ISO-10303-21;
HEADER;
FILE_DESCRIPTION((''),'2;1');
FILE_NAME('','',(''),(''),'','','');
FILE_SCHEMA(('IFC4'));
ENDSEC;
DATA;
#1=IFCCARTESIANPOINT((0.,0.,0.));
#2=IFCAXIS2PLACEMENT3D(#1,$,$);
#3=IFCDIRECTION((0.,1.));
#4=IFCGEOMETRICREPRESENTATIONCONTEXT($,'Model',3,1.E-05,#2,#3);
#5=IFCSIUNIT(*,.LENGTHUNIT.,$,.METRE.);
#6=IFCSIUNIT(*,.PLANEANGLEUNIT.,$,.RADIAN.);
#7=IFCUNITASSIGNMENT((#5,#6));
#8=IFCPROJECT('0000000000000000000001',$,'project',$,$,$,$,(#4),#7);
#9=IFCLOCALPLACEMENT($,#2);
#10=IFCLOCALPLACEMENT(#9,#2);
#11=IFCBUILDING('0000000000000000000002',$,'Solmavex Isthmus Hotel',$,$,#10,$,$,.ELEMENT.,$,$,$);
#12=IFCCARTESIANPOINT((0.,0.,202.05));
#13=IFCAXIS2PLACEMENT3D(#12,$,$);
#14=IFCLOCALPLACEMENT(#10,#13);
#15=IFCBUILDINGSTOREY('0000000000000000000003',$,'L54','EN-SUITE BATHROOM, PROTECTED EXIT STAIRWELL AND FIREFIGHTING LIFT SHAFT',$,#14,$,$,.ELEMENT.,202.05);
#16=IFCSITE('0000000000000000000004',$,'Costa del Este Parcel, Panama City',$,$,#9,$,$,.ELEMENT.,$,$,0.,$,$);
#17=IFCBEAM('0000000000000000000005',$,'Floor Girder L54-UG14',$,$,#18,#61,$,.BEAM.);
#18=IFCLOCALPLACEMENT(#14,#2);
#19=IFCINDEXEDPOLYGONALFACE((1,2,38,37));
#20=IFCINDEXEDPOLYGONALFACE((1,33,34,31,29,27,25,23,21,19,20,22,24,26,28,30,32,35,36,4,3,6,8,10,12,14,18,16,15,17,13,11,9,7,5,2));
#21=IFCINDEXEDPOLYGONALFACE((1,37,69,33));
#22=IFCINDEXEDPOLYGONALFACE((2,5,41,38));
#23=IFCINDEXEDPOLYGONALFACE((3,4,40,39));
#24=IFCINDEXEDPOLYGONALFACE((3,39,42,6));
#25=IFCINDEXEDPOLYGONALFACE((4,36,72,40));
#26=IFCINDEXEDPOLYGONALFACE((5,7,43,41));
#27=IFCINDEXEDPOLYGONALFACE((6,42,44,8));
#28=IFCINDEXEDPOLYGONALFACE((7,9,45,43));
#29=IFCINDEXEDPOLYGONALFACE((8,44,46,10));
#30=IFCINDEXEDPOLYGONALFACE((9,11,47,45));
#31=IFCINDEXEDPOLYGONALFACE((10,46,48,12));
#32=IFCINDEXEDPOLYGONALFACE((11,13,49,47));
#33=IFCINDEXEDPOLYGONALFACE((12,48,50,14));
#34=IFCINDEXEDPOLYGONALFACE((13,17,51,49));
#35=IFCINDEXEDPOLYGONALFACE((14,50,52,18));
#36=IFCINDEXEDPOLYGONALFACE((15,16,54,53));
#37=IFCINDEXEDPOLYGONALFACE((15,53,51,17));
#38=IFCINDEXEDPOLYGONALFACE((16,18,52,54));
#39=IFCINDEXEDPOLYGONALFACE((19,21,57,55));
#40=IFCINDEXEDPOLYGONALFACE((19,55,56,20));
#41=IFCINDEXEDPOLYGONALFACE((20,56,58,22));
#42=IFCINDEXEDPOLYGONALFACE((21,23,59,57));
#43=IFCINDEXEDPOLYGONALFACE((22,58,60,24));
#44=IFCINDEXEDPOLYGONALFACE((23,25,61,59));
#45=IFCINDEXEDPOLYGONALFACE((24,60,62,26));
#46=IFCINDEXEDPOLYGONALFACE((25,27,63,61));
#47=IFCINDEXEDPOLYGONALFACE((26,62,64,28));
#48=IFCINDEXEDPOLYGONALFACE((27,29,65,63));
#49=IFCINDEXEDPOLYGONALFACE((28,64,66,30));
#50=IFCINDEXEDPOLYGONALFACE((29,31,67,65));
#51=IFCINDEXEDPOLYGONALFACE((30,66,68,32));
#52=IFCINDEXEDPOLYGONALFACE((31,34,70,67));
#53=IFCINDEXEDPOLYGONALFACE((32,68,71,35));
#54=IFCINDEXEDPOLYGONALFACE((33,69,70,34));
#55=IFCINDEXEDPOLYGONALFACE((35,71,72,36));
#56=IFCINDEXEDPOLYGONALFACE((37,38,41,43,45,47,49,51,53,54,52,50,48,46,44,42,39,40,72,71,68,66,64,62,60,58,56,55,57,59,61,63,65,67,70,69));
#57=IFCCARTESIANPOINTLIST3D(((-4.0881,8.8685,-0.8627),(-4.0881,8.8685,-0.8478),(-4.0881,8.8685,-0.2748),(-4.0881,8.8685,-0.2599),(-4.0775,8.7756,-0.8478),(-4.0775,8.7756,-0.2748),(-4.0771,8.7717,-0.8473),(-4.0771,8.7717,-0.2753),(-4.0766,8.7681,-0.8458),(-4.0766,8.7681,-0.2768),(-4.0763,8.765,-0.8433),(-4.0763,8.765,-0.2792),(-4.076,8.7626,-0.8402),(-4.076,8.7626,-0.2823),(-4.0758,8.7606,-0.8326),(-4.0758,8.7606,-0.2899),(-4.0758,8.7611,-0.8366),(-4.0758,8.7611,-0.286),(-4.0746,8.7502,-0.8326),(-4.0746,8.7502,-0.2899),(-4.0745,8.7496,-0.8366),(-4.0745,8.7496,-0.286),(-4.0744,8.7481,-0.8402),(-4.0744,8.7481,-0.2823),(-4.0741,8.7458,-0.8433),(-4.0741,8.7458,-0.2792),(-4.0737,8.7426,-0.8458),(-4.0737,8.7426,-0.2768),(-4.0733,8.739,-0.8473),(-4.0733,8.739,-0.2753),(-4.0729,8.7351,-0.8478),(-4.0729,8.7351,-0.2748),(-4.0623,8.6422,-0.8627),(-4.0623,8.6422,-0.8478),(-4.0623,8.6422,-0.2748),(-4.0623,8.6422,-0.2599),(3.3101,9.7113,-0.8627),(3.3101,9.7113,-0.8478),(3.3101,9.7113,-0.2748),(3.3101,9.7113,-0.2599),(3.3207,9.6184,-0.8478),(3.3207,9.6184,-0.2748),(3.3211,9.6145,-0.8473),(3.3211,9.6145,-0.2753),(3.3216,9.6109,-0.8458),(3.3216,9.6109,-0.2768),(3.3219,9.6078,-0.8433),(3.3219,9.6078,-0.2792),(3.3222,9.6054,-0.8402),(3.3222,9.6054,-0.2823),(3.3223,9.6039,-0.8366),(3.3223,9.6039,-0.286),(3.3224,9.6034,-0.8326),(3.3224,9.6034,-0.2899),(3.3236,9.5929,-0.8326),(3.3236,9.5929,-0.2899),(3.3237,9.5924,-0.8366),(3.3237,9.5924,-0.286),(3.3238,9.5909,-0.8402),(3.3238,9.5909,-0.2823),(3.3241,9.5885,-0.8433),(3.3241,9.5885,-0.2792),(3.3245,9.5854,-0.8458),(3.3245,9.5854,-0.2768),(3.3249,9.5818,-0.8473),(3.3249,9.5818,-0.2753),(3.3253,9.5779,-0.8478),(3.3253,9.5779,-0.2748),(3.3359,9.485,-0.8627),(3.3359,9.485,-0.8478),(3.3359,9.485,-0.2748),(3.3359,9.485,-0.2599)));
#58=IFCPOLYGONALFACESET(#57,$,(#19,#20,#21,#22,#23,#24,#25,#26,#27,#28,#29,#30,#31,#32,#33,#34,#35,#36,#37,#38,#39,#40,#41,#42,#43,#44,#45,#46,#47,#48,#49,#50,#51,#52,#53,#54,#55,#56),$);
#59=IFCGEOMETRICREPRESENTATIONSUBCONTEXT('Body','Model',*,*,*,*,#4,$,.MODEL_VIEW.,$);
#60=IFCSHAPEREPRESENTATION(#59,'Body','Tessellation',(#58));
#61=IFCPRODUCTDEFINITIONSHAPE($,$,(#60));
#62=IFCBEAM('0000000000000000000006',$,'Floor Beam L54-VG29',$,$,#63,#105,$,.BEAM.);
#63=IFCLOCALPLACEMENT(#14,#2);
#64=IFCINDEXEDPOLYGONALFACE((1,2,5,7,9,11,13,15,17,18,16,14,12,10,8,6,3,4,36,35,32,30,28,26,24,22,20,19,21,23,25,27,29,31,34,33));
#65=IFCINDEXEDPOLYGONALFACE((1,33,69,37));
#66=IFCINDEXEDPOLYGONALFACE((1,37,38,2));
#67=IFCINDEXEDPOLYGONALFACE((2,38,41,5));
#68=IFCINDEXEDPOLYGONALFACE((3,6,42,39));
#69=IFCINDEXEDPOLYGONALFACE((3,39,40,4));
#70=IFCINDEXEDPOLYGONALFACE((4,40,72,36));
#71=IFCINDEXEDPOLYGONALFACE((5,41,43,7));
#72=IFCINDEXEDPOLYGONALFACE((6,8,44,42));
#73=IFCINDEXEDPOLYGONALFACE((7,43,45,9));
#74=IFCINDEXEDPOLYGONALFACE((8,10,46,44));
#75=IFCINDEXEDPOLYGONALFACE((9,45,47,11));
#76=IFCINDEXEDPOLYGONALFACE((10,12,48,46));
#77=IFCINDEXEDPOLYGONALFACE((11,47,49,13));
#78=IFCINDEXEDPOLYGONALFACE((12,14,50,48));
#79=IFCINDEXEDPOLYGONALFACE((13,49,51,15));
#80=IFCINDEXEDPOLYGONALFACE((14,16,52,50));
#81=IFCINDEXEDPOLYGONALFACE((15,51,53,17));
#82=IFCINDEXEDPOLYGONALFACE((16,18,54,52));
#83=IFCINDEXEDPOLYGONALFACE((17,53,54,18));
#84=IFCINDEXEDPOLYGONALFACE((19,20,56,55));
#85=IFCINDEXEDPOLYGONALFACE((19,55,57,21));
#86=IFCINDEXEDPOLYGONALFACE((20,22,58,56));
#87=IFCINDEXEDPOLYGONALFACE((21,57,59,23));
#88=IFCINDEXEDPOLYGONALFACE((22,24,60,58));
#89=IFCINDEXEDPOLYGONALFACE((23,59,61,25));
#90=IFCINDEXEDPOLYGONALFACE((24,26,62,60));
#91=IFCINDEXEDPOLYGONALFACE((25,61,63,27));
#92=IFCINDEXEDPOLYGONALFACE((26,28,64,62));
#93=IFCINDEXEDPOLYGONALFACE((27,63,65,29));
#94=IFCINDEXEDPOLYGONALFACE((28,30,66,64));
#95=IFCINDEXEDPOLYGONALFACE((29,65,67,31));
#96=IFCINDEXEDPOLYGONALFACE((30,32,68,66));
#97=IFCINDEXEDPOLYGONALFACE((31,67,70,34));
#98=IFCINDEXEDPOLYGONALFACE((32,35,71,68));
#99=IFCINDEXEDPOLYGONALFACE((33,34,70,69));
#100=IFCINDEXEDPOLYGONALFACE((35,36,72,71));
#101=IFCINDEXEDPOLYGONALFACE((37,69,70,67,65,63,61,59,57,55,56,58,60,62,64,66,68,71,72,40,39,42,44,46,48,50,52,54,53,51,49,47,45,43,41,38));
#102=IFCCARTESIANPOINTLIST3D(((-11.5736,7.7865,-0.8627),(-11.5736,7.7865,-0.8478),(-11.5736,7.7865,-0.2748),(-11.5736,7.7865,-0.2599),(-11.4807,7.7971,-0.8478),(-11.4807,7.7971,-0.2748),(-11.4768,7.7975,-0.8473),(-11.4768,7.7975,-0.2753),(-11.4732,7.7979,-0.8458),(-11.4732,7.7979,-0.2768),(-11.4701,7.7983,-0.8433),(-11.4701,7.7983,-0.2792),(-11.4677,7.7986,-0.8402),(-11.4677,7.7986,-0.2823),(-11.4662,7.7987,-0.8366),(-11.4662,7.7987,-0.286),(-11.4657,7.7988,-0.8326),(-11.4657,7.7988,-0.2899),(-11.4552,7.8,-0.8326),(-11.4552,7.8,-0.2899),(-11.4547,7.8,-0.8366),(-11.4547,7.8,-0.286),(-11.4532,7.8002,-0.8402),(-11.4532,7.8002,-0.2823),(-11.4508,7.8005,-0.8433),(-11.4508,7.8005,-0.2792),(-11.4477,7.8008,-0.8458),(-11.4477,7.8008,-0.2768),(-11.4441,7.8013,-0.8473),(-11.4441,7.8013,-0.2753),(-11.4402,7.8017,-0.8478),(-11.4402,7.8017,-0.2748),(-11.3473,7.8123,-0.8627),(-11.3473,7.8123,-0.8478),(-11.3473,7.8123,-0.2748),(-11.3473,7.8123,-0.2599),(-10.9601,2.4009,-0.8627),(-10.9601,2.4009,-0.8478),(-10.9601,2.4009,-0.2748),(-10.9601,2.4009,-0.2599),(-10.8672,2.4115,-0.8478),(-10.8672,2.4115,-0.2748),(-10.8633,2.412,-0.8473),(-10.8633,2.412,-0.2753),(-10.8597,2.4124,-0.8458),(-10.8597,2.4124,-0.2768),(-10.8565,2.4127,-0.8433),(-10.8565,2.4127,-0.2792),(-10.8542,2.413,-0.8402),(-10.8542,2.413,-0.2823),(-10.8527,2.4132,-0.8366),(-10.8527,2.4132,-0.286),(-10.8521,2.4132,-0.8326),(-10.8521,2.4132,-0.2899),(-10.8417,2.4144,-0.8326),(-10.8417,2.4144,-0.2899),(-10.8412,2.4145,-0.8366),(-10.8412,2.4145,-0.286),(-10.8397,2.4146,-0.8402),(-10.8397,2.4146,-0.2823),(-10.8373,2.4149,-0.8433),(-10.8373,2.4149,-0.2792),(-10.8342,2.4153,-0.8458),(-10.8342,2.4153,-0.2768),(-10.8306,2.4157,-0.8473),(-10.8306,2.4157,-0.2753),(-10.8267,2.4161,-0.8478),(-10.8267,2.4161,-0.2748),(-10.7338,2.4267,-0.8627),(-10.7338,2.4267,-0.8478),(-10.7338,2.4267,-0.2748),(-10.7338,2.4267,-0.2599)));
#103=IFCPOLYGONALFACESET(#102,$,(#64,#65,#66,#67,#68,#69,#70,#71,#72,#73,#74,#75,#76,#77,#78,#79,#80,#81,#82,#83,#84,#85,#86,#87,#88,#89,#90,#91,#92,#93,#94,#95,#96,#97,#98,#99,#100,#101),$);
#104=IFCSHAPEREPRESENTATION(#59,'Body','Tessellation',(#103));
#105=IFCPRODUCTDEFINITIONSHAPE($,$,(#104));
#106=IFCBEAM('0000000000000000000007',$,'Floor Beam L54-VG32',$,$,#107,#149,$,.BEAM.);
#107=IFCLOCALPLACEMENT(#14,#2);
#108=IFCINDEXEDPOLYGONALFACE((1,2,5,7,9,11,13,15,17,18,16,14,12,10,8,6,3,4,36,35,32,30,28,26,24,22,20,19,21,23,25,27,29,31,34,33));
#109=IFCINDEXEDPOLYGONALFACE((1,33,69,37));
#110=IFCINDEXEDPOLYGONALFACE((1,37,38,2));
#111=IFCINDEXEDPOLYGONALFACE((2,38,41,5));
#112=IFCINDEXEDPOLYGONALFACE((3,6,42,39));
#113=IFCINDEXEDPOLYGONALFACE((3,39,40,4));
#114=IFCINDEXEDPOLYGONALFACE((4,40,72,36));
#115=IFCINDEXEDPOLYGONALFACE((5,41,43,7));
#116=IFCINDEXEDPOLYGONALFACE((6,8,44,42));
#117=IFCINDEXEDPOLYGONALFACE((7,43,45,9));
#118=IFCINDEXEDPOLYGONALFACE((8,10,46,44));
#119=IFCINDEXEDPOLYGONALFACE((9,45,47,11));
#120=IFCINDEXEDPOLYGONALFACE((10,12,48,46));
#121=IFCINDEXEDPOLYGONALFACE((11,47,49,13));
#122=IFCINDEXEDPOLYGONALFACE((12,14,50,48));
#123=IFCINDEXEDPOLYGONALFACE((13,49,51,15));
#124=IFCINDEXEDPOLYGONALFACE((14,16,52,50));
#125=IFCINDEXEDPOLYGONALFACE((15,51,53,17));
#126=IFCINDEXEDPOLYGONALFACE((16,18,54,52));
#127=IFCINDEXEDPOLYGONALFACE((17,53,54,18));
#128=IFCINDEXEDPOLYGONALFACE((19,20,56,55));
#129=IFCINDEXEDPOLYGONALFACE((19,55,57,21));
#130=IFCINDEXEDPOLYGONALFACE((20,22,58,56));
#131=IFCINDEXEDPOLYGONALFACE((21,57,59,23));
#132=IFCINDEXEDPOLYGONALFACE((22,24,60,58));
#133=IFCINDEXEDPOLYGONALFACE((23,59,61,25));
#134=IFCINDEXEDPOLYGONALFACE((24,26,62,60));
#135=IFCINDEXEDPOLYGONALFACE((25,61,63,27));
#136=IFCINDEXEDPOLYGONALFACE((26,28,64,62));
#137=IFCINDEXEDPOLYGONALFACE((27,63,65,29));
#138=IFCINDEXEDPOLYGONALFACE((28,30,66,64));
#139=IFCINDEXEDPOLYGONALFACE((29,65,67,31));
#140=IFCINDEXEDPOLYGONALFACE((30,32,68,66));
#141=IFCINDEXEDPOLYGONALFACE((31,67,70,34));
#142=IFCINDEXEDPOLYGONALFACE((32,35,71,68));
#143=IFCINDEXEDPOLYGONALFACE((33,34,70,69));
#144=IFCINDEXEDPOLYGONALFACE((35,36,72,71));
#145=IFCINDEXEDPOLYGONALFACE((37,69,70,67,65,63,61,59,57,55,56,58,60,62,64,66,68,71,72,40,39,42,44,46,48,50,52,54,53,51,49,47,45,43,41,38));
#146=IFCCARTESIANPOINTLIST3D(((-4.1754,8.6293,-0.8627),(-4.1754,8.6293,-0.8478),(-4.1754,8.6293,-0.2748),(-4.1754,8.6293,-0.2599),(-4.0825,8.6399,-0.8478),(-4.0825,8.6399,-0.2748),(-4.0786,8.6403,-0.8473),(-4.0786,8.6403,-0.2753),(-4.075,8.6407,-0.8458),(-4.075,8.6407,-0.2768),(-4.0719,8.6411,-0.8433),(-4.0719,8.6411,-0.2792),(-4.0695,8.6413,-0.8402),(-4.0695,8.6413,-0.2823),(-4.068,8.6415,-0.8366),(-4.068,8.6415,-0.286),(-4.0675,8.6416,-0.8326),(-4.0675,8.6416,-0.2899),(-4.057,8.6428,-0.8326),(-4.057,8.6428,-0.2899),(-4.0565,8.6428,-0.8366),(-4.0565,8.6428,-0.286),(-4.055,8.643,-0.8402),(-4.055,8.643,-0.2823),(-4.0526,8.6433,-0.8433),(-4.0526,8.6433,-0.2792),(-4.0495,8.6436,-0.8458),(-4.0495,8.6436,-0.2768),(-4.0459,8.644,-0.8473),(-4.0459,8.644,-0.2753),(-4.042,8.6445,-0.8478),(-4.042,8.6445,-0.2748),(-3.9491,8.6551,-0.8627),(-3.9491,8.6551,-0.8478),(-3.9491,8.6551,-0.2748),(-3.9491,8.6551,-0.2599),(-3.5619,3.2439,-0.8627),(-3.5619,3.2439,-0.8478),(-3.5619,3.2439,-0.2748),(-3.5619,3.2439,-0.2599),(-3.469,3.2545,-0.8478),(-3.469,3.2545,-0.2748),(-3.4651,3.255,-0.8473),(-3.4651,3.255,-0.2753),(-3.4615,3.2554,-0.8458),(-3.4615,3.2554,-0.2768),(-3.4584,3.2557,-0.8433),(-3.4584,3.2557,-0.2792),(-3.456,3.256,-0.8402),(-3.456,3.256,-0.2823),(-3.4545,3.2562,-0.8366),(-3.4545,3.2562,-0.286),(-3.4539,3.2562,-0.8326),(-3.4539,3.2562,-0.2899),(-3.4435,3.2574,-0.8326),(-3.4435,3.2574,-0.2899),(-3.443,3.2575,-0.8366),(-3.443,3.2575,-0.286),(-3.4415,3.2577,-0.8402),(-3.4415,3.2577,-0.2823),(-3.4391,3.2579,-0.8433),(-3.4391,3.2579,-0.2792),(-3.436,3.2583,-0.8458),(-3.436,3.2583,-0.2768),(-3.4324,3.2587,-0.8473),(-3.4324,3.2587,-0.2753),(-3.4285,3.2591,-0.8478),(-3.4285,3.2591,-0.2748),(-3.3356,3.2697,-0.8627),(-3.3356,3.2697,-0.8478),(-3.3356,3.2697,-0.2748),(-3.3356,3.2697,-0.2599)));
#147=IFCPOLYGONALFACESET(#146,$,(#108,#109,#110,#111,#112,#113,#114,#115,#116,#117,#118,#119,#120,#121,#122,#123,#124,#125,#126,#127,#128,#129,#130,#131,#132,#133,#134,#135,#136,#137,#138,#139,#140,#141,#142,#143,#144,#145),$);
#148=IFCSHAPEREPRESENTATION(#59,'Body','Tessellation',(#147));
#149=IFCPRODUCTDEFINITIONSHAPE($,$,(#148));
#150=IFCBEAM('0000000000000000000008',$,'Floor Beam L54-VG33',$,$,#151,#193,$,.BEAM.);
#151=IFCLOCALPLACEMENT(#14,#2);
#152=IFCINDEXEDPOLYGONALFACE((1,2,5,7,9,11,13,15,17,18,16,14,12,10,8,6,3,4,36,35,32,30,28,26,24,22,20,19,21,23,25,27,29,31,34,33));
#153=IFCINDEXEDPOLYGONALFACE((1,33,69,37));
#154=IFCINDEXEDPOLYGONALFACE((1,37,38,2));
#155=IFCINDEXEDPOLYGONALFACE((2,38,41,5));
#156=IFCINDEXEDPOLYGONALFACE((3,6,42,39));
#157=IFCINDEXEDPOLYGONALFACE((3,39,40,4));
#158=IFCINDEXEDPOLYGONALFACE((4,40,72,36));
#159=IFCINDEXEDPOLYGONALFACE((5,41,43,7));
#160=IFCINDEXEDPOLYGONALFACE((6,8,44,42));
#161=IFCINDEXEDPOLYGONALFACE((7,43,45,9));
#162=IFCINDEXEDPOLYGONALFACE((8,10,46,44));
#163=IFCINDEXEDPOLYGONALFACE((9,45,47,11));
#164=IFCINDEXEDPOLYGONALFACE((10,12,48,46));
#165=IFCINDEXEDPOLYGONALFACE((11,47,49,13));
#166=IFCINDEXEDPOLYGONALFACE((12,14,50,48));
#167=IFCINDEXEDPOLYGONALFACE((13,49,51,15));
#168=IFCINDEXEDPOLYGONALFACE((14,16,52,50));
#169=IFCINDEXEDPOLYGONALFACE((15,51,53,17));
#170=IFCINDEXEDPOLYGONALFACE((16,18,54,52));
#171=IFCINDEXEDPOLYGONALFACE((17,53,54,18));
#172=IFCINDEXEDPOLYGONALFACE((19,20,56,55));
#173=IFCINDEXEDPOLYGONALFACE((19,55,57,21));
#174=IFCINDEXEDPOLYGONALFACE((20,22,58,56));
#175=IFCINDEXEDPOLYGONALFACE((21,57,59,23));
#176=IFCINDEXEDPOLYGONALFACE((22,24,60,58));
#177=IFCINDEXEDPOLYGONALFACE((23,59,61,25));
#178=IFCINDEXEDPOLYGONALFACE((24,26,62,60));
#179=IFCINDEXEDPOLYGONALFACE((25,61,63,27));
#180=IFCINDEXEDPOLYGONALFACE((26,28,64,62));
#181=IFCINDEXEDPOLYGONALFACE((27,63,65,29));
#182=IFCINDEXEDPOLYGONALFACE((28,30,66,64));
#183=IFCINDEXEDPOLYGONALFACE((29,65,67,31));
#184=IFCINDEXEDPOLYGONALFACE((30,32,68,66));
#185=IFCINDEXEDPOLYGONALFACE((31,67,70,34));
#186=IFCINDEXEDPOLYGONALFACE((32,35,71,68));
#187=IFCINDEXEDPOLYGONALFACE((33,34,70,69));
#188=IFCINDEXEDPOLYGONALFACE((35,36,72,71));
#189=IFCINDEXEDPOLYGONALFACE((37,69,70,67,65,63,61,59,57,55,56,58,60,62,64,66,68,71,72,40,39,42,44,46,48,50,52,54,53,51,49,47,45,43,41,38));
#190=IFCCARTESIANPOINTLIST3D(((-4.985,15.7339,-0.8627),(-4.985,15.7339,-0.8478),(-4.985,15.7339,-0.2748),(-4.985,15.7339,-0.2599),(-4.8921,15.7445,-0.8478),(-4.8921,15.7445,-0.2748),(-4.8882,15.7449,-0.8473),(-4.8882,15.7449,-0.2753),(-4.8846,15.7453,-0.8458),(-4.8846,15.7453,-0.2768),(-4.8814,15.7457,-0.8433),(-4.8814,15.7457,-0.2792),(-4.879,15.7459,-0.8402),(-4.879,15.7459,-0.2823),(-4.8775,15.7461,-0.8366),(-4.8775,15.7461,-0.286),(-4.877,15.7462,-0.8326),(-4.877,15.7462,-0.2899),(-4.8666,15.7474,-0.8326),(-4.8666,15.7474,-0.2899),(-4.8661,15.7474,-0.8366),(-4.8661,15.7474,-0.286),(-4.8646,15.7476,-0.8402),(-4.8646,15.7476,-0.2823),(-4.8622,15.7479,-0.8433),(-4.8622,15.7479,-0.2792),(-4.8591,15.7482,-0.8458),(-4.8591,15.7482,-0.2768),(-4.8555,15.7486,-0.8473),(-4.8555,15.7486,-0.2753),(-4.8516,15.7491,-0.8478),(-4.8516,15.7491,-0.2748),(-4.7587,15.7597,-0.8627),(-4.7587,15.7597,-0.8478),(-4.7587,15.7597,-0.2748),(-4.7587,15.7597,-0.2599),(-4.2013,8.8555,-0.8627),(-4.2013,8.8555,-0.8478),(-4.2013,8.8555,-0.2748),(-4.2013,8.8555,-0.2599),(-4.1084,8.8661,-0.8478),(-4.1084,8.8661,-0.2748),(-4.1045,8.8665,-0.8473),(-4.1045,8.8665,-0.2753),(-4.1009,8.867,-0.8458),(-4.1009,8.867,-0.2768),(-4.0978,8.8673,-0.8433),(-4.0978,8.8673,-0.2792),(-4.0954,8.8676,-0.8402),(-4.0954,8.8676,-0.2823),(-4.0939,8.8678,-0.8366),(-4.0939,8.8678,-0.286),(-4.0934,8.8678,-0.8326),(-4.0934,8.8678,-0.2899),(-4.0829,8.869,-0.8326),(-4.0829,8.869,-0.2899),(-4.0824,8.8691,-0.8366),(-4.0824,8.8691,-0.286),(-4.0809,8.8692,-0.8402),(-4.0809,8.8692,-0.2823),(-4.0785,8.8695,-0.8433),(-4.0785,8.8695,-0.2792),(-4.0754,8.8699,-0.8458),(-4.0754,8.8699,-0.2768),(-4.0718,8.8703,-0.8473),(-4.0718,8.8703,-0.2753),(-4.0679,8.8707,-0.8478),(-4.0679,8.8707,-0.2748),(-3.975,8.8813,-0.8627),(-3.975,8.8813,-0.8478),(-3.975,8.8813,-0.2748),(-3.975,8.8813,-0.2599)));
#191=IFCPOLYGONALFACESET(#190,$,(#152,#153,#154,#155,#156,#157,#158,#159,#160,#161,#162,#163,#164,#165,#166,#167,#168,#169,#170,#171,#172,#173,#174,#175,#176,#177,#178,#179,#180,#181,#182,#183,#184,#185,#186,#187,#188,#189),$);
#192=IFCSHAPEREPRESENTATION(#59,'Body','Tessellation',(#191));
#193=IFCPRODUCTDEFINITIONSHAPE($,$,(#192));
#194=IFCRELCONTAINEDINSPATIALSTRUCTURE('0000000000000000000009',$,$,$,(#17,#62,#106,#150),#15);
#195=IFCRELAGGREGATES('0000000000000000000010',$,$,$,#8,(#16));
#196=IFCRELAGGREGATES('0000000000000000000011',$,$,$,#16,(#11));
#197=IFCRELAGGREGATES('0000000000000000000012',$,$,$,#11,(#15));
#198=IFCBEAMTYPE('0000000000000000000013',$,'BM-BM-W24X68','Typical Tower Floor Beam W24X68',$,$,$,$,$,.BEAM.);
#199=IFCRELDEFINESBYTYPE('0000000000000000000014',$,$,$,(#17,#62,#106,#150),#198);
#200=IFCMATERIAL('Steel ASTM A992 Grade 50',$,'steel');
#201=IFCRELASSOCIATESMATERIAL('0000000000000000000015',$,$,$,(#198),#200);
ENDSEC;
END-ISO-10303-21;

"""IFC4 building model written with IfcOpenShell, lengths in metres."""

from ifc_helpers import new_model, si_unit, direction, frame, origin, origin_2d, place, context, subcontext, project, spatial, i_section, extrude, material, material_profile, profile_set, type_object, element, save


model = new_model("IFC4")

# Units and contexts
model_context = context("Model", 3, precision=1e-05, world=origin(), true_north=direction((0.0, 1.0)))
body_context = subcontext(model_context, "Body", "Model", "MODEL_VIEW")
ifc_project = project(units=[si_unit("LENGTHUNIT", "METRE"), si_unit("PLANEANGLEUNIT", "RADIAN")], contexts=[model_context])

# Site, building, storey
site_placement = place(None, origin())
site = spatial("IfcSite", under=ifc_project, at=site_placement, Name="Costa del Este Parcel, Panama City", CompositionType="ELEMENT", RefElevation=0.0)
building_placement = place(site_placement, origin())
building = spatial("IfcBuilding", under=site, at=building_placement, Name="Solmavex Isthmus Hotel", CompositionType="ELEMENT")
storey_placement = place(building_placement, frame((0.0, 0.0, 202.05)))
storey = spatial("IfcBuildingStorey", under=building, at=storey_placement, Name="L54", Description="EN-SUITE BATHROOM, PROTECTED EXIT STAIRWELL AND FIREFIGHTING LIFT SHAFT", CompositionType="ELEMENT", Elevation=202.05)

# Beams
ifc_material_1 = material(Name="Steel ASTM A992 Grade 50", Category="steel")
ifc_material_profile_1 = material_profile(ifc_material_1, i_section(OverallWidth=0.2278, OverallDepth=0.6028, WebThickness=0.0105, FlangeThickness=0.0149, FilletRadius=0.0151, at=origin_2d()), Name="W24X68")
ifc_profile_set_1 = profile_set([ifc_material_profile_1], Name="Steel ASTM A992 Grade 50")
beam_type_1 = type_object("IfcBeamType", Name="BM-BM-W24X68", Description="Typical Tower Floor Beam W24X68", PredefinedType="BEAM", material=ifc_profile_set_1)
for number, where, z_axis, x_axis, name in (
    (1, (-4.0752, 8.7554, -0.5613), (0.993574, 0.113184, 0.0), (-0.113184, 0.993574, 0.0), "Floor Girder L54-UG14"),
):
    element("IfcBeam", number, at=place(storey_placement, frame(where, z_axis=z_axis, x_axis=x_axis)), inside=storey, type_object=beam_type_1, Name=name, PredefinedType="BEAM", context=body_context, shape_type="SweptSolid", body=[
        extrude(i_section(OverallWidth=0.2278, OverallDepth=0.6028, WebThickness=0.0105, FlangeThickness=0.0149, FilletRadius=0.0151, at=origin_2d()), origin(), (0.0, 0.0, 1.0), 7.446),
    ])
beam_1_placement = place(storey_placement, frame((-10.8469, 2.4138, -0.5613), z_axis=(-0.11319, 0.993573, 0.0), x_axis=(-0.993573, -0.11319, 0.0)))
element("IfcBeam", 2, at=beam_1_placement, inside=storey, type_object=beam_type_1, Name="Floor Beam L54-VG29", PredefinedType="BEAM", context=body_context, shape_type="SweptSolid", body=[
    extrude(i_section(OverallWidth=0.2278, OverallDepth=0.6028, WebThickness=0.0105, FlangeThickness=0.0149, FilletRadius=0.0151, at=origin_2d()), origin(), (0.0, 0.0, 1.0), 5.4204),
])
beam_2_placement = place(storey_placement, frame((-3.4487, 3.2568, -0.5613), z_axis=(-0.113195, 0.993573, 0.0), x_axis=(-0.993573, -0.113195, 0.0)))
element("IfcBeam", 3, at=beam_2_placement, inside=storey, type_object=beam_type_1, Name="Floor Beam L54-VG32", PredefinedType="BEAM", context=body_context, shape_type="SweptSolid", body=[
    extrude(i_section(OverallWidth=0.2278, OverallDepth=0.6028, WebThickness=0.0105, FlangeThickness=0.0149, FilletRadius=0.0151, at=origin_2d()), origin(), (0.0, 0.0, 1.0), 5.4202),
])
beam_3_placement = place(storey_placement, frame((-4.0881, 8.8684, -0.5613), z_axis=(-0.113202, 0.993572, 0.0), x_axis=(-0.993572, -0.113202, 0.0)))
element("IfcBeam", 4, at=beam_3_placement, inside=storey, type_object=beam_type_1, Name="Floor Beam L54-VG33", PredefinedType="BEAM", context=body_context, shape_type="SweptSolid", body=[
    extrude(i_section(OverallWidth=0.2278, OverallDepth=0.6028, WebThickness=0.0105, FlangeThickness=0.0149, FilletRadius=0.0151, at=origin_2d()), origin(), (0.0, 0.0, 1.0), 6.9229),
])

save(model, "model.ifc")
